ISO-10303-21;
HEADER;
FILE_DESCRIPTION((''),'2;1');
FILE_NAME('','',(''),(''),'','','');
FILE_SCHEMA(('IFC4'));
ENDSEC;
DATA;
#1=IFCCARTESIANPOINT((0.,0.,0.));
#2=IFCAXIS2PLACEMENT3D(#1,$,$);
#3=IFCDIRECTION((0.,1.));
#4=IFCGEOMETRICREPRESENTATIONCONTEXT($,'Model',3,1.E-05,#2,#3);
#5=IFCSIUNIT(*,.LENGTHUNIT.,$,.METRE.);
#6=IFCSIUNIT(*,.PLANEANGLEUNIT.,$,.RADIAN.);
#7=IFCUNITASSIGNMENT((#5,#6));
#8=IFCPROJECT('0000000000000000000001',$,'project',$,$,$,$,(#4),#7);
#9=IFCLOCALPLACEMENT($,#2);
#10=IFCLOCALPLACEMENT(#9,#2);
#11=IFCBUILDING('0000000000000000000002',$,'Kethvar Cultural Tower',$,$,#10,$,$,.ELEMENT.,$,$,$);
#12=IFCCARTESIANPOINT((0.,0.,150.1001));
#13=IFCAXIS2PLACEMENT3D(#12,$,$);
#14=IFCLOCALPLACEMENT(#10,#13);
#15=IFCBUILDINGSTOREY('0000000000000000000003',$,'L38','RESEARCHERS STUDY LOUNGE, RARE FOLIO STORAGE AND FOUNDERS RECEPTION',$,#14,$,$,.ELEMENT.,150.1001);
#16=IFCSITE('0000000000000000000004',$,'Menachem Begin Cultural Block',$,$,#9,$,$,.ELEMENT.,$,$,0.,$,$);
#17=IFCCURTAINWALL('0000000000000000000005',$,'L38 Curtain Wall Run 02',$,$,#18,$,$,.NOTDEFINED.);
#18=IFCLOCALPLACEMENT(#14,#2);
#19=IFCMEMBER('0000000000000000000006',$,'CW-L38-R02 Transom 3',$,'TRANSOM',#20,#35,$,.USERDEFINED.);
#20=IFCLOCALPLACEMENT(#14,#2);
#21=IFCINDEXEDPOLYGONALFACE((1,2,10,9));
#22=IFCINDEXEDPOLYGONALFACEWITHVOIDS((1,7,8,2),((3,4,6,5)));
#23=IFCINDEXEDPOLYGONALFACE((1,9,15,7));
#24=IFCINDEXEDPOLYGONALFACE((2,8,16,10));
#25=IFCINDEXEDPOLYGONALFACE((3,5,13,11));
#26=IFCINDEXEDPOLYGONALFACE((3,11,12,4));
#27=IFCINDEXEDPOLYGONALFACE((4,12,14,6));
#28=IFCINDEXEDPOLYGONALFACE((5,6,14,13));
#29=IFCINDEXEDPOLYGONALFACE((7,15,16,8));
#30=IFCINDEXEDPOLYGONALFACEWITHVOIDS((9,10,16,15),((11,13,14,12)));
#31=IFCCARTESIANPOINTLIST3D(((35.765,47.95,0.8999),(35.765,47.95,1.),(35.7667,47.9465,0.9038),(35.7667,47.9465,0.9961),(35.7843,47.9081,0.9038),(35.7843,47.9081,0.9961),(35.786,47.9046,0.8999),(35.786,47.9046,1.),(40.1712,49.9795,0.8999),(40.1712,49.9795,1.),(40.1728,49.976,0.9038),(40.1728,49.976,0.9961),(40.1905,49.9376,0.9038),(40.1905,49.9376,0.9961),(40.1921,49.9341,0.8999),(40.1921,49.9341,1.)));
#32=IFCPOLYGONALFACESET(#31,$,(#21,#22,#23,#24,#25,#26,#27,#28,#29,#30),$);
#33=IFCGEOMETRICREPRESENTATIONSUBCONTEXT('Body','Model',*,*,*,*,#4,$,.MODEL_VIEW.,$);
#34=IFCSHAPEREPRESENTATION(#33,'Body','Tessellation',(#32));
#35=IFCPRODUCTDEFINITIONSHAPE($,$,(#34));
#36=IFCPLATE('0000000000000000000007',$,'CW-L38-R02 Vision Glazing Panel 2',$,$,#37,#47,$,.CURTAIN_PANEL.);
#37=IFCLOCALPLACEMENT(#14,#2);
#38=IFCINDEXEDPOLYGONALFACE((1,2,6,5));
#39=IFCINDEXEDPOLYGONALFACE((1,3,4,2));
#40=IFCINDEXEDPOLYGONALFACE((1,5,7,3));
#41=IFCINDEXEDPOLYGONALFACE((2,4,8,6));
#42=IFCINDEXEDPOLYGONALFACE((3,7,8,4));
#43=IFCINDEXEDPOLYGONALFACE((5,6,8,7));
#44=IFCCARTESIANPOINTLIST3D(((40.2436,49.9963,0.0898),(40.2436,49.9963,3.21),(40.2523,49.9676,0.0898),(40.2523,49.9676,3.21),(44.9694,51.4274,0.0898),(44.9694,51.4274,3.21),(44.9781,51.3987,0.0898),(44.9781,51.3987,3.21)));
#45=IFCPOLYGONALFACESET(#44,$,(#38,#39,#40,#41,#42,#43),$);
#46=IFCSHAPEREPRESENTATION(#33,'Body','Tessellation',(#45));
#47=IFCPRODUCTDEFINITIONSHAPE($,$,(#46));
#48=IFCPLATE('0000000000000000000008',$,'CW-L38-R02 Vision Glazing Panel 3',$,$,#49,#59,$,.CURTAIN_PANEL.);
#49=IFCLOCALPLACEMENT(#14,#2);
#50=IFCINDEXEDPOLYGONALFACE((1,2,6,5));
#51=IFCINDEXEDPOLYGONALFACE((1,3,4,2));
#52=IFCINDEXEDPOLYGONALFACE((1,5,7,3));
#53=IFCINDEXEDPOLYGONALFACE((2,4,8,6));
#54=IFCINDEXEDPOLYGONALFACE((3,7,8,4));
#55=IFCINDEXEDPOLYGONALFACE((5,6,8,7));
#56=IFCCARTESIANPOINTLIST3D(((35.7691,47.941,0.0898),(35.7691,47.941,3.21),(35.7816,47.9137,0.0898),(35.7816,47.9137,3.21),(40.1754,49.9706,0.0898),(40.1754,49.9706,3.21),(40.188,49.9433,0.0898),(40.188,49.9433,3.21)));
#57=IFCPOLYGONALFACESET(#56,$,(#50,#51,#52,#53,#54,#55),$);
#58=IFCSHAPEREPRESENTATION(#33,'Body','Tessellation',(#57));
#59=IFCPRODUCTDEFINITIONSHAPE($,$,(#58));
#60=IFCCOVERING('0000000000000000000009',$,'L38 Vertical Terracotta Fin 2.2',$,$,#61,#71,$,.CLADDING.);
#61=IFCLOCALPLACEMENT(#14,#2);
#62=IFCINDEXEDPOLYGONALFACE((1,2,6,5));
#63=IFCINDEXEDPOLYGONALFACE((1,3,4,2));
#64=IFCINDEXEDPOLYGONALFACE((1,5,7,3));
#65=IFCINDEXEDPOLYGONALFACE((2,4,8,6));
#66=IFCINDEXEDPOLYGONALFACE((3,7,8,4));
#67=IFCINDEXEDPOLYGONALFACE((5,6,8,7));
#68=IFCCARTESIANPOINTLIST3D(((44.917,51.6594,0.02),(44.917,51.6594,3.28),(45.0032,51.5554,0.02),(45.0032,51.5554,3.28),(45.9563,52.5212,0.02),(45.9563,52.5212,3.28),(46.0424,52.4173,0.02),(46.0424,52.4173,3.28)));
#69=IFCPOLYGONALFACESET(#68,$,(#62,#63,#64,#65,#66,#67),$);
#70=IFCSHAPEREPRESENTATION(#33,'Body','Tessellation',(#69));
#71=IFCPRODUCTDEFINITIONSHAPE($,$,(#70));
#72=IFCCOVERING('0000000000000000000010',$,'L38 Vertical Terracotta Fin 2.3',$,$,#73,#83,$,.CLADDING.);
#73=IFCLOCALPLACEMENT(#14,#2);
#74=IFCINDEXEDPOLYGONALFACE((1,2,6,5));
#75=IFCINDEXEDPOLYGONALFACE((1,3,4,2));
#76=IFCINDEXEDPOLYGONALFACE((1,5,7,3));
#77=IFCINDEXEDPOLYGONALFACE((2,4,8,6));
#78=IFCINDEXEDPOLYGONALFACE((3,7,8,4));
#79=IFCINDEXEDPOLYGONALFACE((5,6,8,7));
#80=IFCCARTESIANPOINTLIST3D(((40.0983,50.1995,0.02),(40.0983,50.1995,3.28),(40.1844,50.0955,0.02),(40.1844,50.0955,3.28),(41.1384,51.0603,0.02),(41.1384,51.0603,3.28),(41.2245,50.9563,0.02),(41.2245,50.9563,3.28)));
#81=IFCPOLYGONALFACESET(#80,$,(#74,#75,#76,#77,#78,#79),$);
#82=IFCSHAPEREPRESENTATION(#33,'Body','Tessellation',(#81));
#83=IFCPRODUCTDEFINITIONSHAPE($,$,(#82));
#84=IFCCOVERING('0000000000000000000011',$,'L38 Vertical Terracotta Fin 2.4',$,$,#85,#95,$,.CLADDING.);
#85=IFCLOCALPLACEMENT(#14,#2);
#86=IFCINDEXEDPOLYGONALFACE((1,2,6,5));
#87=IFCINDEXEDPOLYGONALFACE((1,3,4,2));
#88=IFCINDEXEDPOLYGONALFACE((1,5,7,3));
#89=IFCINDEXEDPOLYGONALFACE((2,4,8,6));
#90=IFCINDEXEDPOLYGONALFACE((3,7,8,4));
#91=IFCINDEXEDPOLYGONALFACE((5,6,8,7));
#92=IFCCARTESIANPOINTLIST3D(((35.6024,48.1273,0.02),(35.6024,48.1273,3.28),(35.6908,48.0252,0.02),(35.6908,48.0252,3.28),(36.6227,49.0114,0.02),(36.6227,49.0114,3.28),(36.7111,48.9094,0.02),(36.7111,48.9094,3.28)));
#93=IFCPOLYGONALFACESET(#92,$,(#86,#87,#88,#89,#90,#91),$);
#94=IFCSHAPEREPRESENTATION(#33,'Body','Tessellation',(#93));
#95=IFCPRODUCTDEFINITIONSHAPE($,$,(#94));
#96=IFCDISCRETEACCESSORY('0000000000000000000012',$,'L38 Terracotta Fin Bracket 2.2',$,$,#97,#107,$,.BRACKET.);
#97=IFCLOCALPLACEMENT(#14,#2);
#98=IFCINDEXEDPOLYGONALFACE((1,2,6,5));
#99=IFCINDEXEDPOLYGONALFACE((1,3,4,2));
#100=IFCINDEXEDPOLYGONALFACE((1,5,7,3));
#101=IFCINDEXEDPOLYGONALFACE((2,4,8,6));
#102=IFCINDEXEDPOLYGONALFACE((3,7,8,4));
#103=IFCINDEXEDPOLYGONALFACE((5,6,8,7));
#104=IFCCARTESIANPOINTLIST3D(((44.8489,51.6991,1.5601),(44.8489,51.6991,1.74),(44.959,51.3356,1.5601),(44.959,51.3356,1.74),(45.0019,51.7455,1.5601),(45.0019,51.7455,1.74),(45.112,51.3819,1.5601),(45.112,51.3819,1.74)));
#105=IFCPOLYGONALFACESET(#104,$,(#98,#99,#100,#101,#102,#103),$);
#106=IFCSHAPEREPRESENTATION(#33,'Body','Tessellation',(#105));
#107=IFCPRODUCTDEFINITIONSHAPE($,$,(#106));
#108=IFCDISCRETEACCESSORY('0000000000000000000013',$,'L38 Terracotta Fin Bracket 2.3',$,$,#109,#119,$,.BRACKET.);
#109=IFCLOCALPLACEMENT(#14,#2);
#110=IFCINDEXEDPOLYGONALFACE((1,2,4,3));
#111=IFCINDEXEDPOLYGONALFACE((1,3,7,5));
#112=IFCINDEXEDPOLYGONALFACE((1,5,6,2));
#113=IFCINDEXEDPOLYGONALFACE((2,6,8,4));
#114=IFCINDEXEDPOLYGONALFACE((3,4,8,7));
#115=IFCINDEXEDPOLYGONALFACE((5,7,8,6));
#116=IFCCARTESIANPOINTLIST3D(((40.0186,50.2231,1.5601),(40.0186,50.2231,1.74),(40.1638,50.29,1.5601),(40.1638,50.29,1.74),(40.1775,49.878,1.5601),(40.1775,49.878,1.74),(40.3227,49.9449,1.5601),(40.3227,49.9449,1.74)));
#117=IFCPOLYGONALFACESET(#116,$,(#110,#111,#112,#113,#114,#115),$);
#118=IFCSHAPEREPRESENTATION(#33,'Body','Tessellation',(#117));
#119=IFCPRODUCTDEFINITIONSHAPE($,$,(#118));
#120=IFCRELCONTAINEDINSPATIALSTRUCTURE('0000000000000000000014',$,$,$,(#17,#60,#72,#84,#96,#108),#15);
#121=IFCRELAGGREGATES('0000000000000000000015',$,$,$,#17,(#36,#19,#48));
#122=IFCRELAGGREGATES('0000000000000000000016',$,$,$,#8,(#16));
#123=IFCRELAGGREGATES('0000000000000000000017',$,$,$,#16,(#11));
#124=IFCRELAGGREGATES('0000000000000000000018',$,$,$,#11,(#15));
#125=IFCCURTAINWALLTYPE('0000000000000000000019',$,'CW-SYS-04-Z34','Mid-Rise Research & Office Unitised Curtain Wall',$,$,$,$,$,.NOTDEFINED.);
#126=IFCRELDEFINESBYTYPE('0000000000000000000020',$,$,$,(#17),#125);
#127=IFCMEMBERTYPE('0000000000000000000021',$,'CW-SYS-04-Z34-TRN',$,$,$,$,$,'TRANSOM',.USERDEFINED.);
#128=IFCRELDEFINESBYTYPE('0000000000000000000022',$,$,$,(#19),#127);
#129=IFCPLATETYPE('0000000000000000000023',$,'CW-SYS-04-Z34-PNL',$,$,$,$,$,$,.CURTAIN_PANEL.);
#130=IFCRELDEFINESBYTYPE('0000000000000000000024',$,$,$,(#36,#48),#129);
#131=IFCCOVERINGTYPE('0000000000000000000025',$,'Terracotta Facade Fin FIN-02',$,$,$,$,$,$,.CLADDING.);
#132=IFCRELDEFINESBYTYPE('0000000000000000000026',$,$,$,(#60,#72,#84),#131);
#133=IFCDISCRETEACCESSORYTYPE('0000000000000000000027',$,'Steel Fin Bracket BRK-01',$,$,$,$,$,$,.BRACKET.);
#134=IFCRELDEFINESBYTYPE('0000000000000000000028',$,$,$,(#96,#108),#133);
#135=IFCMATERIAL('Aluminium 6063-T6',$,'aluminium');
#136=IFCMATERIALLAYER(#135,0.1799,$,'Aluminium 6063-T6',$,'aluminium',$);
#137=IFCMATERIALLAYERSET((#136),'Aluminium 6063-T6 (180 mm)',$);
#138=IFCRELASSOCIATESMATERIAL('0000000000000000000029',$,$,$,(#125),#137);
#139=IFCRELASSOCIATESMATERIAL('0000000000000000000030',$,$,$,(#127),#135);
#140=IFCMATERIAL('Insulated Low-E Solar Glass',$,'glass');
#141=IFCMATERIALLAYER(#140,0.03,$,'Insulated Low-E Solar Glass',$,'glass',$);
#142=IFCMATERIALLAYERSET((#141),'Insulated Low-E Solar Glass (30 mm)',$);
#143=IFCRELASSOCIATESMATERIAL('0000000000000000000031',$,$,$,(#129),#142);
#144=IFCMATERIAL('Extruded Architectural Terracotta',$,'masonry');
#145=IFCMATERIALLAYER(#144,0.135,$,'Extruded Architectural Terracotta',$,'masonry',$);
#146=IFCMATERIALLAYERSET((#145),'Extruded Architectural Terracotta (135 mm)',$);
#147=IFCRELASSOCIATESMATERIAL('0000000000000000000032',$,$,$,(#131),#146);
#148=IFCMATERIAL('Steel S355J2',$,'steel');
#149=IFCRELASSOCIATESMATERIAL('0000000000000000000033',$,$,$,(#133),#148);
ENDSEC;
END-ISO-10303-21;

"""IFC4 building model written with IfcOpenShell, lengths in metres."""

from ifc_helpers import new_model, si_unit, direction, frame, origin, origin_2d, place, context, subcontext, project, spatial, rectangle, hollow_rectangle, extrude, source, transform, mapped, material, layer, layer_set, material_profile, profile_set, type_object, element, aggregate, save


model = new_model("IFC4")

# Units and contexts
model_context = context("Model", 3, precision=1e-05, world=origin(), true_north=direction((0.0, 1.0)))
body_context = subcontext(model_context, "Body", "Model", "MODEL_VIEW")
ifc_project = project(units=[si_unit("LENGTHUNIT", "METRE"), si_unit("PLANEANGLEUNIT", "RADIAN")], contexts=[model_context])

# Site, building, storey
site_placement = place(None, origin())
site = spatial("IfcSite", under=ifc_project, at=site_placement, Name="Menachem Begin Cultural Block", CompositionType="ELEMENT", RefElevation=0.0)
building_placement = place(site_placement, origin())
building = spatial("IfcBuilding", under=site, at=building_placement, Name="Kethvar Cultural Tower", CompositionType="ELEMENT")
storey_placement = place(building_placement, frame((0.0, 0.0, 150.1001)))
storey = spatial("IfcBuildingStorey", under=building, at=storey_placement, Name="L38", Description="RESEARCHERS STUDY LOUNGE, RARE FOLIO STORAGE AND FOUNDERS RECEPTION", CompositionType="ELEMENT", Elevation=150.1001)

# Shared definitions
ifc_material_1 = material(Name="Steel S355J2", Category="steel")

# Curtain wall, member, plates
ifc_material_2 = material(Name="Aluminium 6063-T6", Category="aluminium")
ifc_layer_1 = layer(ifc_material_2, 0.1799, Name="Aluminium 6063-T6", Category="aluminium")
ifc_layer_set_1 = layer_set([ifc_layer_1], Name="Aluminium 6063-T6 (180 mm)")
curtain_wall_type = type_object("IfcCurtainWallType", Name="CW-SYS-04-Z34", Description="Mid-Rise Research & Office Unitised Curtain Wall", PredefinedType="NOTDEFINED", material=ifc_layer_set_1)
curtain_wall_placement = place(storey_placement, origin())
curtain_wall = element("IfcCurtainWall", 1, at=curtain_wall_placement, inside=storey, type_object=curtain_wall_type, Name="L38 Curtain Wall Run 02", PredefinedType="NOTDEFINED")
ifc_material_profile_1 = material_profile(ifc_material_2, hollow_rectangle(XDim=0.05, YDim=0.1001, WallThickness=0.0039, at=origin_2d()), Name="Aluminium 6063-T6 — RHS100x50x4")
ifc_profile_set_1 = profile_set([ifc_material_profile_1], Name="Aluminium 6063-T6 — RHS100x50x4")
member_type_1 = type_object("IfcMemberType", Name="CW-SYS-04-Z34-TRN", ElementType="TRANSOM", PredefinedType="USERDEFINED", material=ifc_profile_set_1)
shared_shape_1 = source(origin(), body_context, "Body", "SweptSolid", [
    extrude(hollow_rectangle(XDim=0.05, YDim=0.1001, WallThickness=0.0039, at=origin_2d()), origin(), (0.0, 0.0, 1.0), 4.8511),
])
member_1_placement = place(storey_placement, frame((40.1816, 49.9568, 0.95), z_axis=(-0.908282, -0.418359, 0.0), x_axis=(0.418359, -0.908282, 0.0)))
member_1 = element("IfcMember", 2, at=member_1_placement, type_object=member_type_1, Name="CW-L38-R02 Transom 3", ObjectType="TRANSOM", PredefinedType="USERDEFINED", context=body_context, shape_type="MappedRepresentation", body=[
    mapped(shared_shape_1, transform((0.0, 0.0, 0.0), scale=1.0)),
])
ifc_material_3 = material(Name="Insulated Low-E Solar Glass", Category="glass")
ifc_layer_2 = layer(ifc_material_3, 0.03, Name="Insulated Low-E Solar Glass", Category="glass")
ifc_layer_set_2 = layer_set([ifc_layer_2], Name="Insulated Low-E Solar Glass (30 mm)")
plate_type = type_object("IfcPlateType", Name="CW-SYS-04-Z34-PNL", PredefinedType="CURTAIN_PANEL", material=ifc_layer_set_2)
shared_shape_2 = source(origin(), body_context, "Body", "SweptSolid", [
    extrude(rectangle(XDim=4.9377, YDim=0.03, at=origin_2d()), origin(), (0.0, 0.0, 1.0), 3.1201),
])
plate_1_placement = place(storey_placement, frame((42.6108, 50.6975, 0.0898), z_axis=(0.0, 0.0, 1.0), x_axis=(-0.957077, -0.289834, 0.0)))
plate_1 = element("IfcPlate", 3, at=plate_1_placement, type_object=plate_type, Name="CW-L38-R02 Vision Glazing Panel 2", PredefinedType="CURTAIN_PANEL", context=body_context, shape_type="MappedRepresentation", body=[
    mapped(shared_shape_2, transform((0.0, 0.0, 0.0), scale=1.0)),
])
shared_shape_3 = source(origin(), body_context, "Body", "SweptSolid", [
    extrude(rectangle(XDim=4.8513, YDim=0.03, at=origin_2d()), origin(), (0.0, 0.0, 1.0), 3.1201),
])
plate_2_placement = place(storey_placement, frame((37.9785, 48.9421, 0.0898), z_axis=(0.0, 0.0, 1.0), x_axis=(-0.908282, -0.418359, 0.0)))
plate_2 = element("IfcPlate", 4, at=plate_2_placement, type_object=plate_type, Name="CW-L38-R02 Vision Glazing Panel 3", PredefinedType="CURTAIN_PANEL", context=body_context, shape_type="MappedRepresentation", body=[
    mapped(shared_shape_3, transform((0.0, 0.0, 0.0), scale=1.0)),
])
aggregate(curtain_wall, [plate_1, member_1, plate_2])

# Coverings
ifc_material_4 = material(Name="Extruded Architectural Terracotta", Category="masonry")
ifc_layer_3 = layer(ifc_material_4, 0.135, Name="Extruded Architectural Terracotta", Category="masonry")
ifc_layer_set_3 = layer_set([ifc_layer_3], Name="Extruded Architectural Terracotta (135 mm)")
covering_type = type_object("IfcCoveringType", Name="Terracotta Facade Fin FIN-02", PredefinedType="CLADDING", material=ifc_layer_set_3)
shared_shape_4 = source(origin(), body_context, "Body", "SweptSolid", [
    extrude(rectangle(XDim=1.3501, YDim=0.135, at=origin_2d()), origin(), (0.0, 0.0, 1.0), 3.26),
])
for number, where, z_axis, x_axis, name in (
    (5, (45.4797, 52.0383, 0.02), (0.0, 0.0, 1.0), (0.769734, 0.638365, 0.0), "L38 Vertical Terracotta Fin 2.2"),
    (6, (40.6614, 50.5779, 0.02), (0.0, 0.0, 1.0), (0.770402, 0.637558, 0.0), "L38 Vertical Terracotta Fin 2.3"),
    (7, (36.1567, 48.5183, 0.02), (0.0, 0.0, 1.0), (0.755739, 0.654873, 0.0), "L38 Vertical Terracotta Fin 2.4"),
):
    element("IfcCovering", number, at=place(storey_placement, frame(where, z_axis=z_axis, x_axis=x_axis)), inside=storey, type_object=covering_type, Name=name, PredefinedType="CLADDING", context=body_context, shape_type="MappedRepresentation", body=[
        mapped(shared_shape_4, transform((0.0, 0.0, 0.0), scale=1.0)),
    ])

# Discrete accessories
discrete_accessory_type = type_object("IfcDiscreteAccessoryType", Name="Steel Fin Bracket BRK-01", PredefinedType="BRACKET", material=ifc_material_1)
shared_shape_5 = source(origin(), body_context, "Body", "SweptSolid", [
    extrude(rectangle(XDim=0.3799, YDim=0.1599, at=origin_2d()), origin(), (0.0, 0.0, 1.0), 0.1799),
])
for number, where, z_axis, x_axis, name in (
    (8, (44.9805, 51.5405, 1.5601), (0.0, 0.0, 1.0), (-0.289867, 0.957067, 0.0), "L38 Terracotta Fin Bracket 2.2"),
    (9, (40.1707, 50.084, 1.5601), (0.0, 0.0, 1.0), (-0.418343, 0.908289, 0.0), "L38 Terracotta Fin Bracket 2.3"),
):
    element("IfcDiscreteAccessory", number, at=place(storey_placement, frame(where, z_axis=z_axis, x_axis=x_axis)), inside=storey, type_object=discrete_accessory_type, Name=name, PredefinedType="BRACKET", context=body_context, shape_type="MappedRepresentation", body=[
        mapped(shared_shape_5, transform((0.0, 0.0, 0.0), scale=1.0)),
    ])

save(model, "model.ifc")
